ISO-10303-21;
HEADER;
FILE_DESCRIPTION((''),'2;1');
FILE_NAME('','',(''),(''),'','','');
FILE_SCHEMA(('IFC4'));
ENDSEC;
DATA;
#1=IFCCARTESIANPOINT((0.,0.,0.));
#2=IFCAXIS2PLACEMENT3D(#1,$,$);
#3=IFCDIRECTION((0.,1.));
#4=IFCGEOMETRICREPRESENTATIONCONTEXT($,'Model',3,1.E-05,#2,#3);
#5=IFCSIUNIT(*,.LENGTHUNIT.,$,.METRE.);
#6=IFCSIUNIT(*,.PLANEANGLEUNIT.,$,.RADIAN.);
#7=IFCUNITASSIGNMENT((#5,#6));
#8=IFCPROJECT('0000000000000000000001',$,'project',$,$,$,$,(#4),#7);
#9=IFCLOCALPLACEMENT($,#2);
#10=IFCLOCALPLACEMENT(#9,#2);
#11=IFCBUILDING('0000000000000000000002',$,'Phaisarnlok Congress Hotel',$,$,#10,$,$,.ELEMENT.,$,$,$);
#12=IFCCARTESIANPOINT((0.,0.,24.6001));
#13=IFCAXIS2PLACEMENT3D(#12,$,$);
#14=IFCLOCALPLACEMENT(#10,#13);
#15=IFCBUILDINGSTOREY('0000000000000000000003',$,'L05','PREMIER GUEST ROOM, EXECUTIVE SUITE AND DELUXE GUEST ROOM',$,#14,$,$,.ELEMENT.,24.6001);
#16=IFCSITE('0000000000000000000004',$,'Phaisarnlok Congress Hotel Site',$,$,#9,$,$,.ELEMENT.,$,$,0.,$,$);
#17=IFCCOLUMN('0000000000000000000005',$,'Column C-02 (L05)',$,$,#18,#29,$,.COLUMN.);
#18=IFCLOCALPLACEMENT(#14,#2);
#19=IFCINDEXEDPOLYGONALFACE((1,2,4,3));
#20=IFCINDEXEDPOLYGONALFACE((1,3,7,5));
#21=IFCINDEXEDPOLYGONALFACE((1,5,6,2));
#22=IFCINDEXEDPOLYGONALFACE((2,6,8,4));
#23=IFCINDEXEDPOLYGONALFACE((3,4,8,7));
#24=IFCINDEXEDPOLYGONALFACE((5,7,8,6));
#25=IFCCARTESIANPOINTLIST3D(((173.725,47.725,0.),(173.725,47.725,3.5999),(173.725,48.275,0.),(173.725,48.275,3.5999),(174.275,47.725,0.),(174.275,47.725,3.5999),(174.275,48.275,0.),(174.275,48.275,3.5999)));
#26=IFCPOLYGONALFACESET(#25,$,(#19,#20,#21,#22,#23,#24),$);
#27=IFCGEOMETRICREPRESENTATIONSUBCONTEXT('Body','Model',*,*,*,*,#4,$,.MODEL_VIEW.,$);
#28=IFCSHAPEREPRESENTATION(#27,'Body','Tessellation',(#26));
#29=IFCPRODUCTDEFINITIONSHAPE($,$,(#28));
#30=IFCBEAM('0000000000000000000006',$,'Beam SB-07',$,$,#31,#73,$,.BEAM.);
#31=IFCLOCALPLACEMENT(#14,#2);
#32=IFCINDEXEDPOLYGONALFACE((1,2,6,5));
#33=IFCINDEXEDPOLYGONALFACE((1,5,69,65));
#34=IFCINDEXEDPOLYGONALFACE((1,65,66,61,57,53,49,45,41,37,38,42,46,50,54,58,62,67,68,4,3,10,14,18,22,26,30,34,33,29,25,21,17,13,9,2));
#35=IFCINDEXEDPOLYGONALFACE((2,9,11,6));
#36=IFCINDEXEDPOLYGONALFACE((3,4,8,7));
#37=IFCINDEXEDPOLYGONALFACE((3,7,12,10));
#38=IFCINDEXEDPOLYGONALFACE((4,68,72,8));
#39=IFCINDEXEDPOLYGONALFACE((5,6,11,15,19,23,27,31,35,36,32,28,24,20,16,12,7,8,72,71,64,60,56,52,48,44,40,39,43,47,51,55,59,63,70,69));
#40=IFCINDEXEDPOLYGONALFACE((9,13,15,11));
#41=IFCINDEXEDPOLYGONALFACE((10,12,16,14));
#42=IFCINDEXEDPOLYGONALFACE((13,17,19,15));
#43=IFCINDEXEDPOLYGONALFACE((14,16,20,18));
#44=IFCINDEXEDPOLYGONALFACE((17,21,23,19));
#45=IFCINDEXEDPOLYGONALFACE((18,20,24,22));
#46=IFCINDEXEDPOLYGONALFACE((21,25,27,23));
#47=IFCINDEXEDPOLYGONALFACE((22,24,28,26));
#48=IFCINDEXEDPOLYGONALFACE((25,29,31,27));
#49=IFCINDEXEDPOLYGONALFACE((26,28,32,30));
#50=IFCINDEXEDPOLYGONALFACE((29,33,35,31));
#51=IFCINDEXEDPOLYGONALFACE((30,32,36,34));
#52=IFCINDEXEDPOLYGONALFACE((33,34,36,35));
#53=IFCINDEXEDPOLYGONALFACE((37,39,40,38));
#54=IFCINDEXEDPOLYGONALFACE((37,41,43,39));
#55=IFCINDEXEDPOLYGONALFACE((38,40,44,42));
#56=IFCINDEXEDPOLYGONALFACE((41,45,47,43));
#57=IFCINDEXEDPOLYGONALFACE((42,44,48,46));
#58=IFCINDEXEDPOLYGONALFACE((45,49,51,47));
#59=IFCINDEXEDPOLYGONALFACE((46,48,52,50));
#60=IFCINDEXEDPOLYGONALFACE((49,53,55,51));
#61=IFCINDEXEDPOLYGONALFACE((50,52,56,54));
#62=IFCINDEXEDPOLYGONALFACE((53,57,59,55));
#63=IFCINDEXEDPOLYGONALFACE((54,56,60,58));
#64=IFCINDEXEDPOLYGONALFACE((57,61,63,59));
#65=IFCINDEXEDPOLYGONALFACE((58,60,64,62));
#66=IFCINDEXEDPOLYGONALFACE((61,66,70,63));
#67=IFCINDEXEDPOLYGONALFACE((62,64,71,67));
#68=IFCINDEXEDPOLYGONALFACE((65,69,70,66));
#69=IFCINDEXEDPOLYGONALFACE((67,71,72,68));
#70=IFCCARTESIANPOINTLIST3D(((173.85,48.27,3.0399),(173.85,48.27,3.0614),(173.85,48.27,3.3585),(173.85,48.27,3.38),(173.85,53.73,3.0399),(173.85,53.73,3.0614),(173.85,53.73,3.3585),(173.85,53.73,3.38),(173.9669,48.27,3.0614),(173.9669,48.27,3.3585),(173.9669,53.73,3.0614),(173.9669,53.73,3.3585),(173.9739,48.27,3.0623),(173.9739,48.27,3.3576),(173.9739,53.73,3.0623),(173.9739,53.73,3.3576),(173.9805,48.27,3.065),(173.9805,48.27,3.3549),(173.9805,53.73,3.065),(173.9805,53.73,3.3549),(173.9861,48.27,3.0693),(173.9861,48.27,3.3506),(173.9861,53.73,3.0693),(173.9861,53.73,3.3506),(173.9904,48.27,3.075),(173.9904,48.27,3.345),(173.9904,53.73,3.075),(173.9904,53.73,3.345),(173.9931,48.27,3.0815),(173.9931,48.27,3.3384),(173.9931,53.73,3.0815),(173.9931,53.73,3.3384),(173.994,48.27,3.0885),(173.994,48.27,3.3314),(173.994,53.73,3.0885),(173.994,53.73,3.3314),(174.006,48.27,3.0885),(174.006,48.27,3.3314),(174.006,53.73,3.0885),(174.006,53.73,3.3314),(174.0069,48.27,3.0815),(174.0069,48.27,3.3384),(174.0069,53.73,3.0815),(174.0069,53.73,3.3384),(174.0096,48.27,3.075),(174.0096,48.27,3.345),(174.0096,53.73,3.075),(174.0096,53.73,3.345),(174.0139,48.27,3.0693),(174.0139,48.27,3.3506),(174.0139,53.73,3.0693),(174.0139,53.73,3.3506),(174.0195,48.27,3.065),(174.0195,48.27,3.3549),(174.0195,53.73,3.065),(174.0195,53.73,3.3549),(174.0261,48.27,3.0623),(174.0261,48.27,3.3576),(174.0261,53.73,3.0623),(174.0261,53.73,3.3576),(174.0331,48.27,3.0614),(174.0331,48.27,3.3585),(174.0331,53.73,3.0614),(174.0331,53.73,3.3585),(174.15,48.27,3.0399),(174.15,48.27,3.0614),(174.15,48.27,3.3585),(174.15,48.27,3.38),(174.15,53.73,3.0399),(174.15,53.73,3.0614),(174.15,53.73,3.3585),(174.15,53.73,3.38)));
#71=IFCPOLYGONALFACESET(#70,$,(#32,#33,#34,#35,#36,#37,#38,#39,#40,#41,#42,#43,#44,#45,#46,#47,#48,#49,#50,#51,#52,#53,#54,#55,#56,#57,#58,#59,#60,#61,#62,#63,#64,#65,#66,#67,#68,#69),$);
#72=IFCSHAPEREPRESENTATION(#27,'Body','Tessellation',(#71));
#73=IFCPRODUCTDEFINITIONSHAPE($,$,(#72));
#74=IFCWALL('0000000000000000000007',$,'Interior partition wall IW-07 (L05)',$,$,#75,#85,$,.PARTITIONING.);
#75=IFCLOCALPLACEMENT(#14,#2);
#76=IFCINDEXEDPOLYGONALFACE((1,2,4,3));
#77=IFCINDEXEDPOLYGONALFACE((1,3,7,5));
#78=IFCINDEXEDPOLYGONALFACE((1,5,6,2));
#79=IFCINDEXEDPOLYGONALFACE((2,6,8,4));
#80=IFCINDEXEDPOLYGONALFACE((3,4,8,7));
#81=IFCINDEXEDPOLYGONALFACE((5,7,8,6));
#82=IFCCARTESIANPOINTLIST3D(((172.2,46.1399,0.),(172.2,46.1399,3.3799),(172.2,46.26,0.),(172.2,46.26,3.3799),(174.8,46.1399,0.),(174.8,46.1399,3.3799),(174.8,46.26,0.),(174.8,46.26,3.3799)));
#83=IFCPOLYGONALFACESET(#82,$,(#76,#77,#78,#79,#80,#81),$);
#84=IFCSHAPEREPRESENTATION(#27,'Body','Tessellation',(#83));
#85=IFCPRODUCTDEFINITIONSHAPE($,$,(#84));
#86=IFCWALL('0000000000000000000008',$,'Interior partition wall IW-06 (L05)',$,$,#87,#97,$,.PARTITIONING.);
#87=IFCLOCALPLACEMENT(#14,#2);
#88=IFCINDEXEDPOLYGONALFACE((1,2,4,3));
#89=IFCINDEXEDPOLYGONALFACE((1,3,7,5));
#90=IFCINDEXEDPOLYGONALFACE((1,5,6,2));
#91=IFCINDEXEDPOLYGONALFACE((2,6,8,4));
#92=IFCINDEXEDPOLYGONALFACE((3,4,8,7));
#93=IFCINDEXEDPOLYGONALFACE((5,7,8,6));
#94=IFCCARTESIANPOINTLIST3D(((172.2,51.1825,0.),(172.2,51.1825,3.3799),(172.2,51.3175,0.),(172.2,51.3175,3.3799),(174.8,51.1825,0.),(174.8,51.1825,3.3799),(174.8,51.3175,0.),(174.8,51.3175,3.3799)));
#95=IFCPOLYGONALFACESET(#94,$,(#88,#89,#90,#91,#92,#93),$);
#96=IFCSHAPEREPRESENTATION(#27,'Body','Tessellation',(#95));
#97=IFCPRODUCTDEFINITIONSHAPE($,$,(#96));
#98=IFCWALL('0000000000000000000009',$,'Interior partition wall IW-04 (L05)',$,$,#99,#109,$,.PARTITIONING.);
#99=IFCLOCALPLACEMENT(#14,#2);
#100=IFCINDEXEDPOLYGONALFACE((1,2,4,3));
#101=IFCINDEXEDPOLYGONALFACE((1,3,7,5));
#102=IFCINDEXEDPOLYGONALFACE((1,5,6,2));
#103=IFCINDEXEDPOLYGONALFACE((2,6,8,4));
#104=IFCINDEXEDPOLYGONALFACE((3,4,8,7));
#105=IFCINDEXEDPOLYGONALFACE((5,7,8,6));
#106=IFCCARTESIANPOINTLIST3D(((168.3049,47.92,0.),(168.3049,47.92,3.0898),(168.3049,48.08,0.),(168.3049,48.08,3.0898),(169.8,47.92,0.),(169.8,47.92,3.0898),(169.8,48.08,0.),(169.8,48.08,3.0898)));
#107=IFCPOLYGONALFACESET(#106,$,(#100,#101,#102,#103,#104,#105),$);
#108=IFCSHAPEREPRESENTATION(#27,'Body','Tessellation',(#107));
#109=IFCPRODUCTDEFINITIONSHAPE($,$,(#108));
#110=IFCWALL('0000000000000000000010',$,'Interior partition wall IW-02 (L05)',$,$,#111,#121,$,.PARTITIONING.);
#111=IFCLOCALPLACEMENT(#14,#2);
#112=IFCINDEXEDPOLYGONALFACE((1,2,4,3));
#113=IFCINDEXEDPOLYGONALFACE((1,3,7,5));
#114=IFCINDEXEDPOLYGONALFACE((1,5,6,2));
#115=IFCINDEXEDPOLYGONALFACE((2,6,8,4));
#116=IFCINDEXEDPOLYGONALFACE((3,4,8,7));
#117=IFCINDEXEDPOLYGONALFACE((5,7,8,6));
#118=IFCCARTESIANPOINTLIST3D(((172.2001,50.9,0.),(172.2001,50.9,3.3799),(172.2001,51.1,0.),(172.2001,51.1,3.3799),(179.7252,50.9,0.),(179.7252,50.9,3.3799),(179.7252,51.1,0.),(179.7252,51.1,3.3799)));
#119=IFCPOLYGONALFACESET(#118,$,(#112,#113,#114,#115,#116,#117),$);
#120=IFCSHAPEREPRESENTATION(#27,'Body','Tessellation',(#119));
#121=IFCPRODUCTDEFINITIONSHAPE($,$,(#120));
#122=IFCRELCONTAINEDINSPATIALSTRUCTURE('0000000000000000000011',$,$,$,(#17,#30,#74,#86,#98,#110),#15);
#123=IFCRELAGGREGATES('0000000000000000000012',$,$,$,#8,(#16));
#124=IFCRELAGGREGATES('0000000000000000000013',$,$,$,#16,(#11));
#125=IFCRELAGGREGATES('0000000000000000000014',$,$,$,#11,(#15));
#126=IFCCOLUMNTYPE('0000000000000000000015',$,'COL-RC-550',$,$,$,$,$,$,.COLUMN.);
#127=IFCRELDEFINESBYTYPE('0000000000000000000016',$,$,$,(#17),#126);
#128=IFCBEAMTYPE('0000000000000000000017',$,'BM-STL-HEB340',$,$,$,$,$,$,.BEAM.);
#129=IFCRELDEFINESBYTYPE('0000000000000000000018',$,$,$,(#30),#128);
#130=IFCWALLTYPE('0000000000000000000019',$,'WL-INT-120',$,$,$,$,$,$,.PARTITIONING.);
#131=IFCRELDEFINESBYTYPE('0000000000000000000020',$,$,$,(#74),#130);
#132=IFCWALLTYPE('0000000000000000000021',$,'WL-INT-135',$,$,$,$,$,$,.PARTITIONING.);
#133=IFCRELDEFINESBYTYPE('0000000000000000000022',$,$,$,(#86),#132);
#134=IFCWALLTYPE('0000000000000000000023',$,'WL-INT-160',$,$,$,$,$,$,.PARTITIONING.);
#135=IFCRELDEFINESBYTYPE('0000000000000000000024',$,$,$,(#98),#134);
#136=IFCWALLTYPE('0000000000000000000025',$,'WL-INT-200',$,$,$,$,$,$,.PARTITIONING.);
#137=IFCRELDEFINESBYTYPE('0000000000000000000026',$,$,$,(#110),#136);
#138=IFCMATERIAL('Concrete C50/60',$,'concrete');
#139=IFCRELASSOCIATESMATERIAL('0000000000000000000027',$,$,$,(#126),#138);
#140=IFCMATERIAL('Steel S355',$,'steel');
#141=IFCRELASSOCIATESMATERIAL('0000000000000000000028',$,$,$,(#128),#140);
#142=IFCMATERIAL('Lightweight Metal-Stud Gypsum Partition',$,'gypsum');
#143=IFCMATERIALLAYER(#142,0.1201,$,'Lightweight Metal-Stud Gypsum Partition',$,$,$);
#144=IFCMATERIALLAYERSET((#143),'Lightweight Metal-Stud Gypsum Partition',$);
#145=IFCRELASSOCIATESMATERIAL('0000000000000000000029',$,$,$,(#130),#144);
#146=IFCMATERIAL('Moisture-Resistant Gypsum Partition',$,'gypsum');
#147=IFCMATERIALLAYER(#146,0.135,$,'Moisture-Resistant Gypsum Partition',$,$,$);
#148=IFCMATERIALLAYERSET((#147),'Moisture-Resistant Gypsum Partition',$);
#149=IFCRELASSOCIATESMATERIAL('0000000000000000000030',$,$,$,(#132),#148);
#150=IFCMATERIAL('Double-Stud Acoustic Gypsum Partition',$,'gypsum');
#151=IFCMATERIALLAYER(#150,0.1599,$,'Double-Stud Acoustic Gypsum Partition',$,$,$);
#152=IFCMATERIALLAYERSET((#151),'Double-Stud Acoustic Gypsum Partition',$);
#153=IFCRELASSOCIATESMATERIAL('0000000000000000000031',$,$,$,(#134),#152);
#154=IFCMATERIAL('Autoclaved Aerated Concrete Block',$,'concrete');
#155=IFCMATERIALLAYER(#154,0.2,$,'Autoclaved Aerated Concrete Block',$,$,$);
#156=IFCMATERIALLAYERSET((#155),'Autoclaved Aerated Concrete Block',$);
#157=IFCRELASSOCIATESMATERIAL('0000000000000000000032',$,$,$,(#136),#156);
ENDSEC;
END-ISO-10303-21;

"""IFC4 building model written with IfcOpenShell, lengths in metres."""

from ifc_helpers import new_model, si_unit, direction, frame, frame_2d, origin, origin_2d, place, context, subcontext, project, spatial, rectangle, i_section, extrude, material, layer, layer_set, material_profile, profile_set, type_object, element, save


model = new_model("IFC4")

# Units and contexts
model_context = context("Model", 3, precision=1e-05, world=origin(), true_north=direction((0.0, 1.0)))
body_context = subcontext(model_context, "Body", "Model", "MODEL_VIEW")
ifc_project = project(units=[si_unit("LENGTHUNIT", "METRE"), si_unit("PLANEANGLEUNIT", "RADIAN")], contexts=[model_context])

# Site, building, storey
site_placement = place(None, origin())
site = spatial("IfcSite", under=ifc_project, at=site_placement, Name="Phaisarnlok Congress Hotel Site", CompositionType="ELEMENT", RefElevation=0.0)
building_placement = place(site_placement, origin())
building = spatial("IfcBuilding", under=site, at=building_placement, Name="Phaisarnlok Congress Hotel", CompositionType="ELEMENT")
storey_placement = place(building_placement, frame((0.0, 0.0, 24.6001)))
storey = spatial("IfcBuildingStorey", under=building, at=storey_placement, Name="L05", Description="PREMIER GUEST ROOM, EXECUTIVE SUITE AND DELUXE GUEST ROOM", CompositionType="ELEMENT", Elevation=24.6001)

# Column
ifc_material_1 = material(Name="Concrete C50/60", Category="concrete")
ifc_material_profile_1 = material_profile(ifc_material_1, rectangle(XDim=0.55, YDim=0.55, at=origin_2d()), Name="RC 550x550")
ifc_profile_set_1 = profile_set([ifc_material_profile_1], Name="Concrete C50/60")
column_type = type_object("IfcColumnType", Name="COL-RC-550", PredefinedType="COLUMN", material=ifc_profile_set_1)
column_placement = place(storey_placement, frame((174.0, 48.0, 0.0), z_axis=(0.0, 0.0, 1.0), x_axis=(1.0, 0.0, 0.0)))
element("IfcColumn", 1, at=column_placement, inside=storey, type_object=column_type, Name="Column C-02 (L05)", PredefinedType="COLUMN", context=body_context, shape_type="SweptSolid", body=[
    extrude(rectangle(XDim=0.55, YDim=0.55, at=origin_2d()), origin(), (0.0, 0.0, 1.0), 3.5999),
])

# Beam
ifc_material_2 = material(Name="Steel S355", Category="steel")
ifc_material_profile_2 = material_profile(ifc_material_2, i_section(OverallWidth=0.3, OverallDepth=0.3401, WebThickness=0.012, FlangeThickness=0.0215, FilletRadius=0.0271, at=origin_2d()), Name="HEB 340")
ifc_profile_set_2 = profile_set([ifc_material_profile_2], Name="Steel S355")
beam_type = type_object("IfcBeamType", Name="BM-STL-HEB340", PredefinedType="BEAM", material=ifc_profile_set_2)
beam_placement = place(storey_placement, frame((174.0, 48.27, 3.21), z_axis=(0.0, 1.0, 0.0), x_axis=(-1.0, 0.0, 0.0)))
element("IfcBeam", 2, at=beam_placement, inside=storey, type_object=beam_type, Name="Beam SB-07", PredefinedType="BEAM", context=body_context, shape_type="SweptSolid", body=[
    extrude(i_section(OverallWidth=0.3, OverallDepth=0.3401, WebThickness=0.012, FlangeThickness=0.0215, FilletRadius=0.0271, at=origin_2d()), origin(), (0.0, 0.0, 1.0), 5.46),
])

# Walls
ifc_material_3 = material(Name="Lightweight Metal-Stud Gypsum Partition", Category="gypsum")
ifc_layer_1 = layer(ifc_material_3, 0.1201, Name="Lightweight Metal-Stud Gypsum Partition")
ifc_layer_set_1 = layer_set([ifc_layer_1], Name="Lightweight Metal-Stud Gypsum Partition")
wall_type_1 = type_object("IfcWallType", Name="WL-INT-120", PredefinedType="PARTITIONING", material=ifc_layer_set_1)
wall_1_placement = place(storey_placement, frame((172.2, 46.2, 0.0), z_axis=(0.0, 0.0, 1.0), x_axis=(1.0, 0.0, 0.0)))
element("IfcWall", 3, at=wall_1_placement, inside=storey, type_object=wall_type_1, Name="Interior partition wall IW-07 (L05)", PredefinedType="PARTITIONING", context=body_context, shape_type="SweptSolid", body=[
    extrude(rectangle(XDim=2.6001, YDim=0.1201, at=frame_2d((1.3, 0.0))), origin(), (0.0, 0.0, 1.0), 3.3799),
])
ifc_material_4 = material(Name="Moisture-Resistant Gypsum Partition", Category="gypsum")
ifc_layer_2 = layer(ifc_material_4, 0.135, Name="Moisture-Resistant Gypsum Partition")
ifc_layer_set_2 = layer_set([ifc_layer_2], Name="Moisture-Resistant Gypsum Partition")
wall_type_2 = type_object("IfcWallType", Name="WL-INT-135", PredefinedType="PARTITIONING", material=ifc_layer_set_2)
wall_2_placement = place(storey_placement, frame((172.2, 51.25, 0.0), z_axis=(0.0, 0.0, 1.0), x_axis=(1.0, 0.0, 0.0)))
element("IfcWall", 4, at=wall_2_placement, inside=storey, type_object=wall_type_2, Name="Interior partition wall IW-06 (L05)", PredefinedType="PARTITIONING", context=body_context, shape_type="SweptSolid", body=[
    extrude(rectangle(XDim=2.6001, YDim=0.135, at=frame_2d((1.3, 0.0))), origin(), (0.0, 0.0, 1.0), 3.3799),
])
ifc_material_5 = material(Name="Double-Stud Acoustic Gypsum Partition", Category="gypsum")
ifc_layer_3 = layer(ifc_material_5, 0.1599, Name="Double-Stud Acoustic Gypsum Partition")
ifc_layer_set_3 = layer_set([ifc_layer_3], Name="Double-Stud Acoustic Gypsum Partition")
wall_type_3 = type_object("IfcWallType", Name="WL-INT-160", PredefinedType="PARTITIONING", material=ifc_layer_set_3)
wall_3_placement = place(storey_placement, frame((168.3049, 48.0, 0.0), z_axis=(0.0, 0.0, 1.0), x_axis=(1.0, 0.0, 0.0)))
element("IfcWall", 5, at=wall_3_placement, inside=storey, type_object=wall_type_3, Name="Interior partition wall IW-04 (L05)", PredefinedType="PARTITIONING", context=body_context, shape_type="SweptSolid", body=[
    extrude(rectangle(XDim=1.4951, YDim=0.1599, at=frame_2d((0.7476, 0.0))), origin(), (0.0, 0.0, 1.0), 3.0898),
])
ifc_material_6 = material(Name="Autoclaved Aerated Concrete Block", Category="concrete")
ifc_layer_4 = layer(ifc_material_6, 0.2, Name="Autoclaved Aerated Concrete Block")
ifc_layer_set_4 = layer_set([ifc_layer_4], Name="Autoclaved Aerated Concrete Block")
wall_type_4 = type_object("IfcWallType", Name="WL-INT-200", PredefinedType="PARTITIONING", material=ifc_layer_set_4)
wall_4_placement = place(storey_placement, frame((172.2, 51.0, 0.0), z_axis=(0.0, 0.0, 1.0), x_axis=(1.0, 0.0, 0.0)))
element("IfcWall", 6, at=wall_4_placement, inside=storey, type_object=wall_type_4, Name="Interior partition wall IW-02 (L05)", PredefinedType="PARTITIONING", context=body_context, shape_type="SweptSolid", body=[
    extrude(rectangle(XDim=7.5251, YDim=0.2, at=frame_2d((3.7627, 0.0))), origin(), (0.0, 0.0, 1.0), 3.3799),
])

save(model, "model.ifc")
